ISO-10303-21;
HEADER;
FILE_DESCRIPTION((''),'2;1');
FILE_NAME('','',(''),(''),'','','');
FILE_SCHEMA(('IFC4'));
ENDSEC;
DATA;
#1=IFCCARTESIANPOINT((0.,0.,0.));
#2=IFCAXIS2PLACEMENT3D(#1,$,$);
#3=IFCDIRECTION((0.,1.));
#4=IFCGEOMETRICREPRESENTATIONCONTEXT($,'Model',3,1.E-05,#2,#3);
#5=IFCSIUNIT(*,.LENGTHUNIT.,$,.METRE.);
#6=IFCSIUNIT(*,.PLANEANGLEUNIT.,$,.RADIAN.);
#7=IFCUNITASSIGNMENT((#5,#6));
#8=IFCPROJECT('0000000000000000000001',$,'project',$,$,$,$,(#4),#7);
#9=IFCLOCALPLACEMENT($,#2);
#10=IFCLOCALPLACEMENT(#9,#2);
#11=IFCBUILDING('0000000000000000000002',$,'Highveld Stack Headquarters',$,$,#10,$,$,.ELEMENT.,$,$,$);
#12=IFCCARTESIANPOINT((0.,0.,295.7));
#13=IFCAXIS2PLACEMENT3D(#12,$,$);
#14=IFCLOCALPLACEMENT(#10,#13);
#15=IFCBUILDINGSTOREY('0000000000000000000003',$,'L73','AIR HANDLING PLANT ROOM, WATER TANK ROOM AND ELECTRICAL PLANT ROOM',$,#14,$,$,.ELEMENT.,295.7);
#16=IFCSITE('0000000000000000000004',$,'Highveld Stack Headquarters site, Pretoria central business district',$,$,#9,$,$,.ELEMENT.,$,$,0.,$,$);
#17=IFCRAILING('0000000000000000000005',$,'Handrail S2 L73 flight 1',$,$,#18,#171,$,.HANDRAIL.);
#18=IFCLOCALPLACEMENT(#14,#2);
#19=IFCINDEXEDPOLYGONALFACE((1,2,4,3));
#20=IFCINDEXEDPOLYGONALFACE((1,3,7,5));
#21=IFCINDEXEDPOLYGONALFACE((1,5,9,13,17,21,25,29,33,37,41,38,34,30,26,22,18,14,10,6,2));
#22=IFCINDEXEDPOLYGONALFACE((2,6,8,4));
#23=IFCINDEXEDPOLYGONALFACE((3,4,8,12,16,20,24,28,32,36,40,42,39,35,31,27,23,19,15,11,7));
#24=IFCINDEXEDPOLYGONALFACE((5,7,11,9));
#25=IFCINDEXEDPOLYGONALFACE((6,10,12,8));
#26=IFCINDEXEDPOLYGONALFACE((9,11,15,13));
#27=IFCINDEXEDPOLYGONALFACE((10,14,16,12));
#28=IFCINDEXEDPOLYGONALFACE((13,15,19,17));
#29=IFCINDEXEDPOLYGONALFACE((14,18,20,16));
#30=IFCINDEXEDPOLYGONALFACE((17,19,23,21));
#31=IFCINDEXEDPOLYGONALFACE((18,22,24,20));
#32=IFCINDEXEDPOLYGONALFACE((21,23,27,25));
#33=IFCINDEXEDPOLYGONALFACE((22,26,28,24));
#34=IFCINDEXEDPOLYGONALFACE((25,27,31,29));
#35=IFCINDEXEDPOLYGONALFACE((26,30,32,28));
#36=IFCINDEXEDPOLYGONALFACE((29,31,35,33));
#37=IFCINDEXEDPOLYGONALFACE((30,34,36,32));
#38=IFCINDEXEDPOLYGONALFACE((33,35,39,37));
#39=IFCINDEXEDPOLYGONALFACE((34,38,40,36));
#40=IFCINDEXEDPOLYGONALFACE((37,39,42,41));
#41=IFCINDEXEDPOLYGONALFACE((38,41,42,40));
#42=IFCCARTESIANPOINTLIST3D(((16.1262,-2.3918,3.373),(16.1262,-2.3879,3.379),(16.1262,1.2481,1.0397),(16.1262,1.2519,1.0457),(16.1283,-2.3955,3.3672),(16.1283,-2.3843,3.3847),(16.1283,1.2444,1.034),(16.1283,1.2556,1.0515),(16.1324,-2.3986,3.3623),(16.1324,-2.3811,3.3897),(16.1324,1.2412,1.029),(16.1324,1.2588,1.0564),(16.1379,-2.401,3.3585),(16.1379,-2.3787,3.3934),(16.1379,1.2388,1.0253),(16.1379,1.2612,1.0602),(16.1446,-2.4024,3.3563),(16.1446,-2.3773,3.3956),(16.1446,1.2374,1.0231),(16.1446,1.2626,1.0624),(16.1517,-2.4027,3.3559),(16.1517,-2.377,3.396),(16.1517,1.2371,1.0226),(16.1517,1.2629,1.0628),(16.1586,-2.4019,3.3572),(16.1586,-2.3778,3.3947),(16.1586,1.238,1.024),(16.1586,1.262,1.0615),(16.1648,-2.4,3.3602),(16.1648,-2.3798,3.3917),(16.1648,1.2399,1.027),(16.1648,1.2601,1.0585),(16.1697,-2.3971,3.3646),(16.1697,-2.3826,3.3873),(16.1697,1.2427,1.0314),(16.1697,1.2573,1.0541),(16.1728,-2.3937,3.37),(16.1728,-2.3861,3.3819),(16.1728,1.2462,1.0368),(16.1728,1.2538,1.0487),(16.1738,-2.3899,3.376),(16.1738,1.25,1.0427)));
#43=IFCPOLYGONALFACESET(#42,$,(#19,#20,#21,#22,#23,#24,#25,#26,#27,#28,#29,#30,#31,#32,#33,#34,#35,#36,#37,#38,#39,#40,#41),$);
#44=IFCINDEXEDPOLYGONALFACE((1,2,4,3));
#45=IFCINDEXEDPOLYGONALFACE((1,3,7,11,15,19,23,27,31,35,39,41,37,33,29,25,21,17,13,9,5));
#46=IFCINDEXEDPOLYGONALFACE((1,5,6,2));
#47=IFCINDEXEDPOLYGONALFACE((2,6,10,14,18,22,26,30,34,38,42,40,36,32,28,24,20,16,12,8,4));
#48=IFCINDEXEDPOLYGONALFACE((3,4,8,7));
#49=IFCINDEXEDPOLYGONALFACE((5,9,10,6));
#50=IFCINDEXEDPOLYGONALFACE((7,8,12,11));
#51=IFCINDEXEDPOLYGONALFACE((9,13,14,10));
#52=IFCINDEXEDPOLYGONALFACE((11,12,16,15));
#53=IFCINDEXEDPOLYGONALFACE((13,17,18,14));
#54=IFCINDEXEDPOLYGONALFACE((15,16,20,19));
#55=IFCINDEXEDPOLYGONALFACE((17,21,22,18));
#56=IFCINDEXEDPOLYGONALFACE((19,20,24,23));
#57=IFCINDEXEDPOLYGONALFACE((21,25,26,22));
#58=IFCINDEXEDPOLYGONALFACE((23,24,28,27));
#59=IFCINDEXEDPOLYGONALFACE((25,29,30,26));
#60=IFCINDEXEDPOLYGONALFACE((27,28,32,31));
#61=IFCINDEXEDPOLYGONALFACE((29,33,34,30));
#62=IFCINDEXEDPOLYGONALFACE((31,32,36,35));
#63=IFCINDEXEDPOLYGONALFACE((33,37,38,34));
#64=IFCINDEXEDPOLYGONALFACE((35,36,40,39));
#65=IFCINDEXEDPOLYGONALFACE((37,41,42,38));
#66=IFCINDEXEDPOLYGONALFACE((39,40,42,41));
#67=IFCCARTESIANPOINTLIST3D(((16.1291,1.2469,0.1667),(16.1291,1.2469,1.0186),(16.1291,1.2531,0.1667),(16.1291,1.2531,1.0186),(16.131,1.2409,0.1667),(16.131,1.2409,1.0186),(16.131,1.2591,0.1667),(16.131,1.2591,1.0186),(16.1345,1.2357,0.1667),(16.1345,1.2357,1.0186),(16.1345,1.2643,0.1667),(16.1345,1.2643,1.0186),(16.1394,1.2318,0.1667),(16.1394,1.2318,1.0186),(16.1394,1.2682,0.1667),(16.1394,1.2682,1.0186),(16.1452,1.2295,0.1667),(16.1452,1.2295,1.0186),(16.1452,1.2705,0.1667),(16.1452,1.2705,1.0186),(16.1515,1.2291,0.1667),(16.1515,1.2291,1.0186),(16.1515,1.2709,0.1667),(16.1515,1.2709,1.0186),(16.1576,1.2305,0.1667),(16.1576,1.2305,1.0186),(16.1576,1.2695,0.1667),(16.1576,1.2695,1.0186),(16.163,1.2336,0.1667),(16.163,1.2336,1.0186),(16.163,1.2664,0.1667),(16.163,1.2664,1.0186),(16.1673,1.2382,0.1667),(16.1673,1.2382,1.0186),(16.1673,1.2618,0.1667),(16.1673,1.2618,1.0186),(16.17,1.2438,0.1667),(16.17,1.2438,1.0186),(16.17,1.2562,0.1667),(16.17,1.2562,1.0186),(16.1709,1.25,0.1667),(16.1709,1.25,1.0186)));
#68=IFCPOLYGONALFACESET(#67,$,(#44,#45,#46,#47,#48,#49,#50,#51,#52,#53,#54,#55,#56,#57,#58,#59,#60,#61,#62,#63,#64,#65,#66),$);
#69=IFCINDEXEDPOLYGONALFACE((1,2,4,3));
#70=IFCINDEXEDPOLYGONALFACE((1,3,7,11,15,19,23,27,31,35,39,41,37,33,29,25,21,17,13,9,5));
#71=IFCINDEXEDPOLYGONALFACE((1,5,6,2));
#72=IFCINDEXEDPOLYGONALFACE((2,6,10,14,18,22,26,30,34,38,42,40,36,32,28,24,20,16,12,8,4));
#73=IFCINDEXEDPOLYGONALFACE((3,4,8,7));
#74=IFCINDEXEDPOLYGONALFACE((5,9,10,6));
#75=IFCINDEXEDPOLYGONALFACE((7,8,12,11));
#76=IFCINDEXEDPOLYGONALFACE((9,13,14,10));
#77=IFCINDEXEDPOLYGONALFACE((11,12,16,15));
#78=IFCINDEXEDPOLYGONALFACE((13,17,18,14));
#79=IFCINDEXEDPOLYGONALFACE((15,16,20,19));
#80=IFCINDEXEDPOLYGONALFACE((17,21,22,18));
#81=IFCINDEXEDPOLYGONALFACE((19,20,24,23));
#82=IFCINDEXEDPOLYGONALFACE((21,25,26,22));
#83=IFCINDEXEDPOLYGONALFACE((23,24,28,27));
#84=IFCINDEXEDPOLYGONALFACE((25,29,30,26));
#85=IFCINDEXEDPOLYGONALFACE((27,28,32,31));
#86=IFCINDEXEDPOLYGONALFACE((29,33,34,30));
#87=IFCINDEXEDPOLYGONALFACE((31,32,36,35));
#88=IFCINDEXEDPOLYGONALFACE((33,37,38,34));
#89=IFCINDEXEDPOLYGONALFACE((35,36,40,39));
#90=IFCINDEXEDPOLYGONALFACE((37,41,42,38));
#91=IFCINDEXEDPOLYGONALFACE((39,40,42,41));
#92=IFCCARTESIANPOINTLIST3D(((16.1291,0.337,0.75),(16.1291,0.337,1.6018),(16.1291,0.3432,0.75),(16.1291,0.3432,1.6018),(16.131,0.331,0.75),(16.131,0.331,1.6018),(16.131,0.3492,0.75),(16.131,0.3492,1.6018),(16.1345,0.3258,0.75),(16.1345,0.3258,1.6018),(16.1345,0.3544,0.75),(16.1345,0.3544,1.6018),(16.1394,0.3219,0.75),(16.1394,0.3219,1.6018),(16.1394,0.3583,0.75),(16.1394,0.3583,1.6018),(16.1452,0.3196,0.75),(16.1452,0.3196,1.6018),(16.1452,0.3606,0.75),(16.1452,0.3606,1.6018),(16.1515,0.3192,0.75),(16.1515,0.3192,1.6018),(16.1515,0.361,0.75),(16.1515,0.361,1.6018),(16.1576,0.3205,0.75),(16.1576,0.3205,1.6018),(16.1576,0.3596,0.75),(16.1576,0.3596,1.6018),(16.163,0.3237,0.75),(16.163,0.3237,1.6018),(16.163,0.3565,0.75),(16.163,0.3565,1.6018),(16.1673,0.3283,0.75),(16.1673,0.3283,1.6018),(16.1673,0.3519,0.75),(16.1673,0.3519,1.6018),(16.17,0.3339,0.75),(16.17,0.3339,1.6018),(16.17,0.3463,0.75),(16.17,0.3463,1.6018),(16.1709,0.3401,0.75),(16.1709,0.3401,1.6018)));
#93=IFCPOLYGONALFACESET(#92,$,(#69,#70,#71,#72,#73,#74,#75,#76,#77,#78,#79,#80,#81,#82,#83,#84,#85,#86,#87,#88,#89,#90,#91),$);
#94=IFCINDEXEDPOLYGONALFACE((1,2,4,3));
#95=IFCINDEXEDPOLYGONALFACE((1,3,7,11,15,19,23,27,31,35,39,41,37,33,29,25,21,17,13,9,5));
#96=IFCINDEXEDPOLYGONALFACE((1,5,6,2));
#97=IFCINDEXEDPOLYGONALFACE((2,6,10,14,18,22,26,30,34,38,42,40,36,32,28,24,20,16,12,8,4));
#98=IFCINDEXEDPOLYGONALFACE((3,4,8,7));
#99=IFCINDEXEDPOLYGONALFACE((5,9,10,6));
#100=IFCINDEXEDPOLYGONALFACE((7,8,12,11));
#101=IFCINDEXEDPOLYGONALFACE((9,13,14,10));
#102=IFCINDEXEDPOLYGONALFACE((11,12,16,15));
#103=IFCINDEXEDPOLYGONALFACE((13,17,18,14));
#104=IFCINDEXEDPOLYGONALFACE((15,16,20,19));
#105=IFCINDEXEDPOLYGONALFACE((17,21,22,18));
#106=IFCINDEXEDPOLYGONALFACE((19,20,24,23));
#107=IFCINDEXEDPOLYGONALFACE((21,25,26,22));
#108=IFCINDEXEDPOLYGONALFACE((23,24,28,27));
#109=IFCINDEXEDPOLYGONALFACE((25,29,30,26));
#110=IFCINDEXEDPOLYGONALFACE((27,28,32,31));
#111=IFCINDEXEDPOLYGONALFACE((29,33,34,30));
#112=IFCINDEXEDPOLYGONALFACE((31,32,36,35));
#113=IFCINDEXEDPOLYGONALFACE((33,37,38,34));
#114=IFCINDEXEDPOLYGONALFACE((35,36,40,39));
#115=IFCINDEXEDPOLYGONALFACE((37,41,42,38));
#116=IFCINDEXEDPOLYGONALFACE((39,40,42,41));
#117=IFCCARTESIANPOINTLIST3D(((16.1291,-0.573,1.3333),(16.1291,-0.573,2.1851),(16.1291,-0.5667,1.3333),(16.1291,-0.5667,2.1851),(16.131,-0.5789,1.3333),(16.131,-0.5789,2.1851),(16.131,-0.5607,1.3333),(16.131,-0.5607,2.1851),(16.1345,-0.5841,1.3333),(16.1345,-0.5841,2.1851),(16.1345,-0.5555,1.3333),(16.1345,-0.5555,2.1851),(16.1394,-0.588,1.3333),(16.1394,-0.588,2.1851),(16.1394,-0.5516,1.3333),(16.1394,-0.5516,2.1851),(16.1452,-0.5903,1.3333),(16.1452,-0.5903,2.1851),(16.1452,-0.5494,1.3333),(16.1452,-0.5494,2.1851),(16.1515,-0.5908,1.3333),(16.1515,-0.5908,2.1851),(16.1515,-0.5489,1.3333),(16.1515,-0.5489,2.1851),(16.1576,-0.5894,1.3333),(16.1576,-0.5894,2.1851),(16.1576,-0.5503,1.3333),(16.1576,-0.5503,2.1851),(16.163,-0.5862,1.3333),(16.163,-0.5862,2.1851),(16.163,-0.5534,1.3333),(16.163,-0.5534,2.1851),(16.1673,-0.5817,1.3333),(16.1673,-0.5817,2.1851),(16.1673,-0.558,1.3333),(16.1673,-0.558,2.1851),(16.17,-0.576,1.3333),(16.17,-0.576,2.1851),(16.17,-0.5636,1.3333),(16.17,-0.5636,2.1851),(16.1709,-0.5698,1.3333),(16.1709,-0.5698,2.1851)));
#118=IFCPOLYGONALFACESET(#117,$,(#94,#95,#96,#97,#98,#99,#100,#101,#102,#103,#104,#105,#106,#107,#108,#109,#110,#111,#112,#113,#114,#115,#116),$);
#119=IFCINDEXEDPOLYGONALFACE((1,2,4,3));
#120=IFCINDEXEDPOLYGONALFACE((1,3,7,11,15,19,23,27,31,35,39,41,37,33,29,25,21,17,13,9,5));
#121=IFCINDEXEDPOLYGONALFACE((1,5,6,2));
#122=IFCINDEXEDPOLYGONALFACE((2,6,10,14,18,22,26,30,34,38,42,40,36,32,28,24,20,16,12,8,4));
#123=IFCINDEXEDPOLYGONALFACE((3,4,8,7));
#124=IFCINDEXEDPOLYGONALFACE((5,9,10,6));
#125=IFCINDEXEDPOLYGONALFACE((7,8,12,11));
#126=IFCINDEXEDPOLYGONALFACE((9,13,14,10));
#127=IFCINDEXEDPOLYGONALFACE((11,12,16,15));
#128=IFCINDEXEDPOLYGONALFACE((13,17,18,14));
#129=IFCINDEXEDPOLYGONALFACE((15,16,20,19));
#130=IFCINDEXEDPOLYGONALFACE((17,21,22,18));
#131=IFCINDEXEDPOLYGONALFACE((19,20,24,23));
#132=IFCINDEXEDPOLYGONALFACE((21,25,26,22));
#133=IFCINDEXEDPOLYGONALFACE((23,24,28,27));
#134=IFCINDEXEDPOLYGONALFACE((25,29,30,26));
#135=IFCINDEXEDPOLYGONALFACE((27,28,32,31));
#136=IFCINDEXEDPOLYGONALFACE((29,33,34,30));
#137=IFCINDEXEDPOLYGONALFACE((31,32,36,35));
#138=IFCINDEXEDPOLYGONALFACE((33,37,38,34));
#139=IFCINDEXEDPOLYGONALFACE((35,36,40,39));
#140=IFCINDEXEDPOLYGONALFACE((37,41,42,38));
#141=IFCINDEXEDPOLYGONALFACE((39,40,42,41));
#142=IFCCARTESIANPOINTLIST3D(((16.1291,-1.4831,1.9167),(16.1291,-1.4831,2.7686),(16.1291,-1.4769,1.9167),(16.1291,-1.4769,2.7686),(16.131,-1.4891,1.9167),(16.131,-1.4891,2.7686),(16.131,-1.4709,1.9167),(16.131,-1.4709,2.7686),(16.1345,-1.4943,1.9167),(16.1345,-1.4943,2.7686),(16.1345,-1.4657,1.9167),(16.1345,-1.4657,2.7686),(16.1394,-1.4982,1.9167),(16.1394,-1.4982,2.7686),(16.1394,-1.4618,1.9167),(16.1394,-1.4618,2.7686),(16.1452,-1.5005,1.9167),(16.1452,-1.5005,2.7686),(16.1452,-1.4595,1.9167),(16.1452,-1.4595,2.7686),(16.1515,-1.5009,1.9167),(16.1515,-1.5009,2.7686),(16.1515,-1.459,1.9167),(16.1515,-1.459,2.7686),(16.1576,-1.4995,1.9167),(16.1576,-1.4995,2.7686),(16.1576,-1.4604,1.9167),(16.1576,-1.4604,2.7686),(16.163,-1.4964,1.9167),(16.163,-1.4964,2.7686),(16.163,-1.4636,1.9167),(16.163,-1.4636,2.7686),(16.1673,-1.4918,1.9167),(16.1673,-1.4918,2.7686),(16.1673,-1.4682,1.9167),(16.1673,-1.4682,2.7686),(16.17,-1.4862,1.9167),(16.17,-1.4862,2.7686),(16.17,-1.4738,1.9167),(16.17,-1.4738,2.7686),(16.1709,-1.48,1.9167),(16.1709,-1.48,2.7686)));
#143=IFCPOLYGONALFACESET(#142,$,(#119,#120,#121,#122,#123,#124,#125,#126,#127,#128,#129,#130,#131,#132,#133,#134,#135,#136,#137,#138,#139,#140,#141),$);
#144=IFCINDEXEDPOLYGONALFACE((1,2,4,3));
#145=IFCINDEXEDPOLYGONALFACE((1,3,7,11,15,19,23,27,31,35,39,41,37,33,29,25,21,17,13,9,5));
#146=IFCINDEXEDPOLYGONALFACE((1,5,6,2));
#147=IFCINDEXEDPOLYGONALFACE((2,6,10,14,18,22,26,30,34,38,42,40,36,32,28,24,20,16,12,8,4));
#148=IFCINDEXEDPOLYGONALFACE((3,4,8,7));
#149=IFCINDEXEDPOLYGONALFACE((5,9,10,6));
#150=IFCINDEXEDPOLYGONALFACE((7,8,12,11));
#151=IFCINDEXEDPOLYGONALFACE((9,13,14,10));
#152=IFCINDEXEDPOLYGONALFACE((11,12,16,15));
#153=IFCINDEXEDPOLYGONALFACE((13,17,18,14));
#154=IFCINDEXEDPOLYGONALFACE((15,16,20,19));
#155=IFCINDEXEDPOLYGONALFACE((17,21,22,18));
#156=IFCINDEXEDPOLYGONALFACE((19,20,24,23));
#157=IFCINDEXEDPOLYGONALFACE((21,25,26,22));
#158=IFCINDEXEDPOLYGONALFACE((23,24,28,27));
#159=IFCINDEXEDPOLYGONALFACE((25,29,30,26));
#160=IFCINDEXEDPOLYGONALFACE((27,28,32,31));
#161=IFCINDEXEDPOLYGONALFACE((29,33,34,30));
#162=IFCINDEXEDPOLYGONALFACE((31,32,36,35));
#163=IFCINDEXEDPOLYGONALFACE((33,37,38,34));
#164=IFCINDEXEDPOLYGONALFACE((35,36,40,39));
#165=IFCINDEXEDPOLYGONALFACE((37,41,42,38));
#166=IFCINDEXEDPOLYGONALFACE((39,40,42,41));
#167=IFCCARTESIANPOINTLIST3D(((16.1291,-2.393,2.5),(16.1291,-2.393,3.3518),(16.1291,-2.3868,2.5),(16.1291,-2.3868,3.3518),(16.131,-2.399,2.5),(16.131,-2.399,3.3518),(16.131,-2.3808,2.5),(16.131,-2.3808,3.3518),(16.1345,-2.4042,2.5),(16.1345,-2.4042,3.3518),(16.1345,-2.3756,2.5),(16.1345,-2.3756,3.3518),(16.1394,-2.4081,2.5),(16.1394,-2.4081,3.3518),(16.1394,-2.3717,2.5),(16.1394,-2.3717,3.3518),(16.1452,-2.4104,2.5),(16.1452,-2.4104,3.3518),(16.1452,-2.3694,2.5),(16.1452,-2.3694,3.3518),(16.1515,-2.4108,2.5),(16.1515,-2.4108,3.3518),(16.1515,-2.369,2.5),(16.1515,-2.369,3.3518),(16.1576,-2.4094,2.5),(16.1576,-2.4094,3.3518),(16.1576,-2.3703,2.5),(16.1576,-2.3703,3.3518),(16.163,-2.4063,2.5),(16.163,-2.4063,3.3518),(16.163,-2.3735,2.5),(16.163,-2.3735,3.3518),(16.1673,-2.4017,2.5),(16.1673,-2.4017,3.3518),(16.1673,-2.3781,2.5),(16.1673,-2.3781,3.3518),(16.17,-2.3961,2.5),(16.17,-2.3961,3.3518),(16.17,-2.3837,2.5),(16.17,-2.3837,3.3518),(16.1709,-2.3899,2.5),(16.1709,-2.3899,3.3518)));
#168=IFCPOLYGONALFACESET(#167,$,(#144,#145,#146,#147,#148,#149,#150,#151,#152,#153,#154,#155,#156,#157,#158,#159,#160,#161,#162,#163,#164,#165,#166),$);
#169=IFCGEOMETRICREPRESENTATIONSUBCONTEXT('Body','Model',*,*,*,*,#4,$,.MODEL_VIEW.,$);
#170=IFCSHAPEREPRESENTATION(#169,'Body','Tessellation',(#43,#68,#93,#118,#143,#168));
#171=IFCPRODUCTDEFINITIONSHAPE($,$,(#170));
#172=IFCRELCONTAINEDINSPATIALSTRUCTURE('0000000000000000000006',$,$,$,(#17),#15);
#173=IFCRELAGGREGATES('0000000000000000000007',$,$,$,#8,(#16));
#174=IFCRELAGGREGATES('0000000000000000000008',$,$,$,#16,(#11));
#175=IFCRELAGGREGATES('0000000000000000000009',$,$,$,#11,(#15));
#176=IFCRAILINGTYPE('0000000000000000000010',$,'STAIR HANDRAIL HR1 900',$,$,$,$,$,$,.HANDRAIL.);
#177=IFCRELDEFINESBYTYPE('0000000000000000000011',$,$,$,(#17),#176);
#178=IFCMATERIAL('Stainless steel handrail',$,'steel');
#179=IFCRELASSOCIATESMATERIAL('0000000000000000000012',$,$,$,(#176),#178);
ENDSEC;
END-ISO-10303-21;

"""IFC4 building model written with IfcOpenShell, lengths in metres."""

from ifc_helpers import new_model, si_unit, direction, frame, origin, origin_2d, place, context, subcontext, project, spatial, circle, extrude, material, type_object, element, save


model = new_model("IFC4")

# Units and contexts
model_context = context("Model", 3, precision=1e-05, world=origin(), true_north=direction((0.0, 1.0)))
body_context = subcontext(model_context, "Body", "Model", "MODEL_VIEW")
ifc_project = project(units=[si_unit("LENGTHUNIT", "METRE"), si_unit("PLANEANGLEUNIT", "RADIAN")], contexts=[model_context])

# Site, building, storey
site_placement = place(None, origin())
site = spatial("IfcSite", under=ifc_project, at=site_placement, Name="Highveld Stack Headquarters site, Pretoria central business district", CompositionType="ELEMENT", RefElevation=0.0)
building_placement = place(site_placement, origin())
building = spatial("IfcBuilding", under=site, at=building_placement, Name="Highveld Stack Headquarters", CompositionType="ELEMENT")
storey_placement = place(building_placement, frame((0.0, 0.0, 295.7)))
storey = spatial("IfcBuildingStorey", under=building, at=storey_placement, Name="L73", Description="AIR HANDLING PLANT ROOM, WATER TANK ROOM AND ELECTRICAL PLANT ROOM", CompositionType="ELEMENT", Elevation=295.7)

# Railing
ifc_material_1 = material(Name="Stainless steel handrail", Category="steel")
railing_type = type_object("IfcRailingType", Name="STAIR HANDRAIL HR1 900", PredefinedType="HANDRAIL", material=ifc_material_1)
for number, where, name in (
    (1, (16.1499, 1.25, 0.1667), "Handrail S2 L73 flight 1"),
):
    element("IfcRailing", number, at=place(storey_placement, frame(where)), inside=storey, type_object=railing_type, Name=name, PredefinedType="HANDRAIL", context=body_context, shape_type="SweptSolid", body=[
        extrude(circle(Radius=0.0239, at=origin_2d()), frame((0.0, 0.0, 0.876), z_axis=(0.0, -0.84188, 0.539664), x_axis=(1.0, 0.0, 0.0)), (0.0, 0.0, 1.0), 4.3235),
        extrude(circle(Radius=0.021, at=origin_2d()), origin(), (0.0, 0.0, 1.0), 0.8518),
        extrude(circle(Radius=0.021, at=origin_2d()), frame((0.0, -0.9099, 0.5833)), (0.0, 0.0, 1.0), 0.8518),
        extrude(circle(Radius=0.021, at=origin_2d()), frame((0.0, -1.8198, 1.1665)), (0.0, 0.0, 1.0), 0.8518),
        extrude(circle(Radius=0.021, at=origin_2d()), frame((0.0, -2.73, 1.75)), (0.0, 0.0, 1.0), 0.8518),
        extrude(circle(Radius=0.021, at=origin_2d()), frame((0.0, -3.6399, 2.3333)), (0.0, 0.0, 1.0), 0.8518),
    ])

save(model, "model.ifc")
